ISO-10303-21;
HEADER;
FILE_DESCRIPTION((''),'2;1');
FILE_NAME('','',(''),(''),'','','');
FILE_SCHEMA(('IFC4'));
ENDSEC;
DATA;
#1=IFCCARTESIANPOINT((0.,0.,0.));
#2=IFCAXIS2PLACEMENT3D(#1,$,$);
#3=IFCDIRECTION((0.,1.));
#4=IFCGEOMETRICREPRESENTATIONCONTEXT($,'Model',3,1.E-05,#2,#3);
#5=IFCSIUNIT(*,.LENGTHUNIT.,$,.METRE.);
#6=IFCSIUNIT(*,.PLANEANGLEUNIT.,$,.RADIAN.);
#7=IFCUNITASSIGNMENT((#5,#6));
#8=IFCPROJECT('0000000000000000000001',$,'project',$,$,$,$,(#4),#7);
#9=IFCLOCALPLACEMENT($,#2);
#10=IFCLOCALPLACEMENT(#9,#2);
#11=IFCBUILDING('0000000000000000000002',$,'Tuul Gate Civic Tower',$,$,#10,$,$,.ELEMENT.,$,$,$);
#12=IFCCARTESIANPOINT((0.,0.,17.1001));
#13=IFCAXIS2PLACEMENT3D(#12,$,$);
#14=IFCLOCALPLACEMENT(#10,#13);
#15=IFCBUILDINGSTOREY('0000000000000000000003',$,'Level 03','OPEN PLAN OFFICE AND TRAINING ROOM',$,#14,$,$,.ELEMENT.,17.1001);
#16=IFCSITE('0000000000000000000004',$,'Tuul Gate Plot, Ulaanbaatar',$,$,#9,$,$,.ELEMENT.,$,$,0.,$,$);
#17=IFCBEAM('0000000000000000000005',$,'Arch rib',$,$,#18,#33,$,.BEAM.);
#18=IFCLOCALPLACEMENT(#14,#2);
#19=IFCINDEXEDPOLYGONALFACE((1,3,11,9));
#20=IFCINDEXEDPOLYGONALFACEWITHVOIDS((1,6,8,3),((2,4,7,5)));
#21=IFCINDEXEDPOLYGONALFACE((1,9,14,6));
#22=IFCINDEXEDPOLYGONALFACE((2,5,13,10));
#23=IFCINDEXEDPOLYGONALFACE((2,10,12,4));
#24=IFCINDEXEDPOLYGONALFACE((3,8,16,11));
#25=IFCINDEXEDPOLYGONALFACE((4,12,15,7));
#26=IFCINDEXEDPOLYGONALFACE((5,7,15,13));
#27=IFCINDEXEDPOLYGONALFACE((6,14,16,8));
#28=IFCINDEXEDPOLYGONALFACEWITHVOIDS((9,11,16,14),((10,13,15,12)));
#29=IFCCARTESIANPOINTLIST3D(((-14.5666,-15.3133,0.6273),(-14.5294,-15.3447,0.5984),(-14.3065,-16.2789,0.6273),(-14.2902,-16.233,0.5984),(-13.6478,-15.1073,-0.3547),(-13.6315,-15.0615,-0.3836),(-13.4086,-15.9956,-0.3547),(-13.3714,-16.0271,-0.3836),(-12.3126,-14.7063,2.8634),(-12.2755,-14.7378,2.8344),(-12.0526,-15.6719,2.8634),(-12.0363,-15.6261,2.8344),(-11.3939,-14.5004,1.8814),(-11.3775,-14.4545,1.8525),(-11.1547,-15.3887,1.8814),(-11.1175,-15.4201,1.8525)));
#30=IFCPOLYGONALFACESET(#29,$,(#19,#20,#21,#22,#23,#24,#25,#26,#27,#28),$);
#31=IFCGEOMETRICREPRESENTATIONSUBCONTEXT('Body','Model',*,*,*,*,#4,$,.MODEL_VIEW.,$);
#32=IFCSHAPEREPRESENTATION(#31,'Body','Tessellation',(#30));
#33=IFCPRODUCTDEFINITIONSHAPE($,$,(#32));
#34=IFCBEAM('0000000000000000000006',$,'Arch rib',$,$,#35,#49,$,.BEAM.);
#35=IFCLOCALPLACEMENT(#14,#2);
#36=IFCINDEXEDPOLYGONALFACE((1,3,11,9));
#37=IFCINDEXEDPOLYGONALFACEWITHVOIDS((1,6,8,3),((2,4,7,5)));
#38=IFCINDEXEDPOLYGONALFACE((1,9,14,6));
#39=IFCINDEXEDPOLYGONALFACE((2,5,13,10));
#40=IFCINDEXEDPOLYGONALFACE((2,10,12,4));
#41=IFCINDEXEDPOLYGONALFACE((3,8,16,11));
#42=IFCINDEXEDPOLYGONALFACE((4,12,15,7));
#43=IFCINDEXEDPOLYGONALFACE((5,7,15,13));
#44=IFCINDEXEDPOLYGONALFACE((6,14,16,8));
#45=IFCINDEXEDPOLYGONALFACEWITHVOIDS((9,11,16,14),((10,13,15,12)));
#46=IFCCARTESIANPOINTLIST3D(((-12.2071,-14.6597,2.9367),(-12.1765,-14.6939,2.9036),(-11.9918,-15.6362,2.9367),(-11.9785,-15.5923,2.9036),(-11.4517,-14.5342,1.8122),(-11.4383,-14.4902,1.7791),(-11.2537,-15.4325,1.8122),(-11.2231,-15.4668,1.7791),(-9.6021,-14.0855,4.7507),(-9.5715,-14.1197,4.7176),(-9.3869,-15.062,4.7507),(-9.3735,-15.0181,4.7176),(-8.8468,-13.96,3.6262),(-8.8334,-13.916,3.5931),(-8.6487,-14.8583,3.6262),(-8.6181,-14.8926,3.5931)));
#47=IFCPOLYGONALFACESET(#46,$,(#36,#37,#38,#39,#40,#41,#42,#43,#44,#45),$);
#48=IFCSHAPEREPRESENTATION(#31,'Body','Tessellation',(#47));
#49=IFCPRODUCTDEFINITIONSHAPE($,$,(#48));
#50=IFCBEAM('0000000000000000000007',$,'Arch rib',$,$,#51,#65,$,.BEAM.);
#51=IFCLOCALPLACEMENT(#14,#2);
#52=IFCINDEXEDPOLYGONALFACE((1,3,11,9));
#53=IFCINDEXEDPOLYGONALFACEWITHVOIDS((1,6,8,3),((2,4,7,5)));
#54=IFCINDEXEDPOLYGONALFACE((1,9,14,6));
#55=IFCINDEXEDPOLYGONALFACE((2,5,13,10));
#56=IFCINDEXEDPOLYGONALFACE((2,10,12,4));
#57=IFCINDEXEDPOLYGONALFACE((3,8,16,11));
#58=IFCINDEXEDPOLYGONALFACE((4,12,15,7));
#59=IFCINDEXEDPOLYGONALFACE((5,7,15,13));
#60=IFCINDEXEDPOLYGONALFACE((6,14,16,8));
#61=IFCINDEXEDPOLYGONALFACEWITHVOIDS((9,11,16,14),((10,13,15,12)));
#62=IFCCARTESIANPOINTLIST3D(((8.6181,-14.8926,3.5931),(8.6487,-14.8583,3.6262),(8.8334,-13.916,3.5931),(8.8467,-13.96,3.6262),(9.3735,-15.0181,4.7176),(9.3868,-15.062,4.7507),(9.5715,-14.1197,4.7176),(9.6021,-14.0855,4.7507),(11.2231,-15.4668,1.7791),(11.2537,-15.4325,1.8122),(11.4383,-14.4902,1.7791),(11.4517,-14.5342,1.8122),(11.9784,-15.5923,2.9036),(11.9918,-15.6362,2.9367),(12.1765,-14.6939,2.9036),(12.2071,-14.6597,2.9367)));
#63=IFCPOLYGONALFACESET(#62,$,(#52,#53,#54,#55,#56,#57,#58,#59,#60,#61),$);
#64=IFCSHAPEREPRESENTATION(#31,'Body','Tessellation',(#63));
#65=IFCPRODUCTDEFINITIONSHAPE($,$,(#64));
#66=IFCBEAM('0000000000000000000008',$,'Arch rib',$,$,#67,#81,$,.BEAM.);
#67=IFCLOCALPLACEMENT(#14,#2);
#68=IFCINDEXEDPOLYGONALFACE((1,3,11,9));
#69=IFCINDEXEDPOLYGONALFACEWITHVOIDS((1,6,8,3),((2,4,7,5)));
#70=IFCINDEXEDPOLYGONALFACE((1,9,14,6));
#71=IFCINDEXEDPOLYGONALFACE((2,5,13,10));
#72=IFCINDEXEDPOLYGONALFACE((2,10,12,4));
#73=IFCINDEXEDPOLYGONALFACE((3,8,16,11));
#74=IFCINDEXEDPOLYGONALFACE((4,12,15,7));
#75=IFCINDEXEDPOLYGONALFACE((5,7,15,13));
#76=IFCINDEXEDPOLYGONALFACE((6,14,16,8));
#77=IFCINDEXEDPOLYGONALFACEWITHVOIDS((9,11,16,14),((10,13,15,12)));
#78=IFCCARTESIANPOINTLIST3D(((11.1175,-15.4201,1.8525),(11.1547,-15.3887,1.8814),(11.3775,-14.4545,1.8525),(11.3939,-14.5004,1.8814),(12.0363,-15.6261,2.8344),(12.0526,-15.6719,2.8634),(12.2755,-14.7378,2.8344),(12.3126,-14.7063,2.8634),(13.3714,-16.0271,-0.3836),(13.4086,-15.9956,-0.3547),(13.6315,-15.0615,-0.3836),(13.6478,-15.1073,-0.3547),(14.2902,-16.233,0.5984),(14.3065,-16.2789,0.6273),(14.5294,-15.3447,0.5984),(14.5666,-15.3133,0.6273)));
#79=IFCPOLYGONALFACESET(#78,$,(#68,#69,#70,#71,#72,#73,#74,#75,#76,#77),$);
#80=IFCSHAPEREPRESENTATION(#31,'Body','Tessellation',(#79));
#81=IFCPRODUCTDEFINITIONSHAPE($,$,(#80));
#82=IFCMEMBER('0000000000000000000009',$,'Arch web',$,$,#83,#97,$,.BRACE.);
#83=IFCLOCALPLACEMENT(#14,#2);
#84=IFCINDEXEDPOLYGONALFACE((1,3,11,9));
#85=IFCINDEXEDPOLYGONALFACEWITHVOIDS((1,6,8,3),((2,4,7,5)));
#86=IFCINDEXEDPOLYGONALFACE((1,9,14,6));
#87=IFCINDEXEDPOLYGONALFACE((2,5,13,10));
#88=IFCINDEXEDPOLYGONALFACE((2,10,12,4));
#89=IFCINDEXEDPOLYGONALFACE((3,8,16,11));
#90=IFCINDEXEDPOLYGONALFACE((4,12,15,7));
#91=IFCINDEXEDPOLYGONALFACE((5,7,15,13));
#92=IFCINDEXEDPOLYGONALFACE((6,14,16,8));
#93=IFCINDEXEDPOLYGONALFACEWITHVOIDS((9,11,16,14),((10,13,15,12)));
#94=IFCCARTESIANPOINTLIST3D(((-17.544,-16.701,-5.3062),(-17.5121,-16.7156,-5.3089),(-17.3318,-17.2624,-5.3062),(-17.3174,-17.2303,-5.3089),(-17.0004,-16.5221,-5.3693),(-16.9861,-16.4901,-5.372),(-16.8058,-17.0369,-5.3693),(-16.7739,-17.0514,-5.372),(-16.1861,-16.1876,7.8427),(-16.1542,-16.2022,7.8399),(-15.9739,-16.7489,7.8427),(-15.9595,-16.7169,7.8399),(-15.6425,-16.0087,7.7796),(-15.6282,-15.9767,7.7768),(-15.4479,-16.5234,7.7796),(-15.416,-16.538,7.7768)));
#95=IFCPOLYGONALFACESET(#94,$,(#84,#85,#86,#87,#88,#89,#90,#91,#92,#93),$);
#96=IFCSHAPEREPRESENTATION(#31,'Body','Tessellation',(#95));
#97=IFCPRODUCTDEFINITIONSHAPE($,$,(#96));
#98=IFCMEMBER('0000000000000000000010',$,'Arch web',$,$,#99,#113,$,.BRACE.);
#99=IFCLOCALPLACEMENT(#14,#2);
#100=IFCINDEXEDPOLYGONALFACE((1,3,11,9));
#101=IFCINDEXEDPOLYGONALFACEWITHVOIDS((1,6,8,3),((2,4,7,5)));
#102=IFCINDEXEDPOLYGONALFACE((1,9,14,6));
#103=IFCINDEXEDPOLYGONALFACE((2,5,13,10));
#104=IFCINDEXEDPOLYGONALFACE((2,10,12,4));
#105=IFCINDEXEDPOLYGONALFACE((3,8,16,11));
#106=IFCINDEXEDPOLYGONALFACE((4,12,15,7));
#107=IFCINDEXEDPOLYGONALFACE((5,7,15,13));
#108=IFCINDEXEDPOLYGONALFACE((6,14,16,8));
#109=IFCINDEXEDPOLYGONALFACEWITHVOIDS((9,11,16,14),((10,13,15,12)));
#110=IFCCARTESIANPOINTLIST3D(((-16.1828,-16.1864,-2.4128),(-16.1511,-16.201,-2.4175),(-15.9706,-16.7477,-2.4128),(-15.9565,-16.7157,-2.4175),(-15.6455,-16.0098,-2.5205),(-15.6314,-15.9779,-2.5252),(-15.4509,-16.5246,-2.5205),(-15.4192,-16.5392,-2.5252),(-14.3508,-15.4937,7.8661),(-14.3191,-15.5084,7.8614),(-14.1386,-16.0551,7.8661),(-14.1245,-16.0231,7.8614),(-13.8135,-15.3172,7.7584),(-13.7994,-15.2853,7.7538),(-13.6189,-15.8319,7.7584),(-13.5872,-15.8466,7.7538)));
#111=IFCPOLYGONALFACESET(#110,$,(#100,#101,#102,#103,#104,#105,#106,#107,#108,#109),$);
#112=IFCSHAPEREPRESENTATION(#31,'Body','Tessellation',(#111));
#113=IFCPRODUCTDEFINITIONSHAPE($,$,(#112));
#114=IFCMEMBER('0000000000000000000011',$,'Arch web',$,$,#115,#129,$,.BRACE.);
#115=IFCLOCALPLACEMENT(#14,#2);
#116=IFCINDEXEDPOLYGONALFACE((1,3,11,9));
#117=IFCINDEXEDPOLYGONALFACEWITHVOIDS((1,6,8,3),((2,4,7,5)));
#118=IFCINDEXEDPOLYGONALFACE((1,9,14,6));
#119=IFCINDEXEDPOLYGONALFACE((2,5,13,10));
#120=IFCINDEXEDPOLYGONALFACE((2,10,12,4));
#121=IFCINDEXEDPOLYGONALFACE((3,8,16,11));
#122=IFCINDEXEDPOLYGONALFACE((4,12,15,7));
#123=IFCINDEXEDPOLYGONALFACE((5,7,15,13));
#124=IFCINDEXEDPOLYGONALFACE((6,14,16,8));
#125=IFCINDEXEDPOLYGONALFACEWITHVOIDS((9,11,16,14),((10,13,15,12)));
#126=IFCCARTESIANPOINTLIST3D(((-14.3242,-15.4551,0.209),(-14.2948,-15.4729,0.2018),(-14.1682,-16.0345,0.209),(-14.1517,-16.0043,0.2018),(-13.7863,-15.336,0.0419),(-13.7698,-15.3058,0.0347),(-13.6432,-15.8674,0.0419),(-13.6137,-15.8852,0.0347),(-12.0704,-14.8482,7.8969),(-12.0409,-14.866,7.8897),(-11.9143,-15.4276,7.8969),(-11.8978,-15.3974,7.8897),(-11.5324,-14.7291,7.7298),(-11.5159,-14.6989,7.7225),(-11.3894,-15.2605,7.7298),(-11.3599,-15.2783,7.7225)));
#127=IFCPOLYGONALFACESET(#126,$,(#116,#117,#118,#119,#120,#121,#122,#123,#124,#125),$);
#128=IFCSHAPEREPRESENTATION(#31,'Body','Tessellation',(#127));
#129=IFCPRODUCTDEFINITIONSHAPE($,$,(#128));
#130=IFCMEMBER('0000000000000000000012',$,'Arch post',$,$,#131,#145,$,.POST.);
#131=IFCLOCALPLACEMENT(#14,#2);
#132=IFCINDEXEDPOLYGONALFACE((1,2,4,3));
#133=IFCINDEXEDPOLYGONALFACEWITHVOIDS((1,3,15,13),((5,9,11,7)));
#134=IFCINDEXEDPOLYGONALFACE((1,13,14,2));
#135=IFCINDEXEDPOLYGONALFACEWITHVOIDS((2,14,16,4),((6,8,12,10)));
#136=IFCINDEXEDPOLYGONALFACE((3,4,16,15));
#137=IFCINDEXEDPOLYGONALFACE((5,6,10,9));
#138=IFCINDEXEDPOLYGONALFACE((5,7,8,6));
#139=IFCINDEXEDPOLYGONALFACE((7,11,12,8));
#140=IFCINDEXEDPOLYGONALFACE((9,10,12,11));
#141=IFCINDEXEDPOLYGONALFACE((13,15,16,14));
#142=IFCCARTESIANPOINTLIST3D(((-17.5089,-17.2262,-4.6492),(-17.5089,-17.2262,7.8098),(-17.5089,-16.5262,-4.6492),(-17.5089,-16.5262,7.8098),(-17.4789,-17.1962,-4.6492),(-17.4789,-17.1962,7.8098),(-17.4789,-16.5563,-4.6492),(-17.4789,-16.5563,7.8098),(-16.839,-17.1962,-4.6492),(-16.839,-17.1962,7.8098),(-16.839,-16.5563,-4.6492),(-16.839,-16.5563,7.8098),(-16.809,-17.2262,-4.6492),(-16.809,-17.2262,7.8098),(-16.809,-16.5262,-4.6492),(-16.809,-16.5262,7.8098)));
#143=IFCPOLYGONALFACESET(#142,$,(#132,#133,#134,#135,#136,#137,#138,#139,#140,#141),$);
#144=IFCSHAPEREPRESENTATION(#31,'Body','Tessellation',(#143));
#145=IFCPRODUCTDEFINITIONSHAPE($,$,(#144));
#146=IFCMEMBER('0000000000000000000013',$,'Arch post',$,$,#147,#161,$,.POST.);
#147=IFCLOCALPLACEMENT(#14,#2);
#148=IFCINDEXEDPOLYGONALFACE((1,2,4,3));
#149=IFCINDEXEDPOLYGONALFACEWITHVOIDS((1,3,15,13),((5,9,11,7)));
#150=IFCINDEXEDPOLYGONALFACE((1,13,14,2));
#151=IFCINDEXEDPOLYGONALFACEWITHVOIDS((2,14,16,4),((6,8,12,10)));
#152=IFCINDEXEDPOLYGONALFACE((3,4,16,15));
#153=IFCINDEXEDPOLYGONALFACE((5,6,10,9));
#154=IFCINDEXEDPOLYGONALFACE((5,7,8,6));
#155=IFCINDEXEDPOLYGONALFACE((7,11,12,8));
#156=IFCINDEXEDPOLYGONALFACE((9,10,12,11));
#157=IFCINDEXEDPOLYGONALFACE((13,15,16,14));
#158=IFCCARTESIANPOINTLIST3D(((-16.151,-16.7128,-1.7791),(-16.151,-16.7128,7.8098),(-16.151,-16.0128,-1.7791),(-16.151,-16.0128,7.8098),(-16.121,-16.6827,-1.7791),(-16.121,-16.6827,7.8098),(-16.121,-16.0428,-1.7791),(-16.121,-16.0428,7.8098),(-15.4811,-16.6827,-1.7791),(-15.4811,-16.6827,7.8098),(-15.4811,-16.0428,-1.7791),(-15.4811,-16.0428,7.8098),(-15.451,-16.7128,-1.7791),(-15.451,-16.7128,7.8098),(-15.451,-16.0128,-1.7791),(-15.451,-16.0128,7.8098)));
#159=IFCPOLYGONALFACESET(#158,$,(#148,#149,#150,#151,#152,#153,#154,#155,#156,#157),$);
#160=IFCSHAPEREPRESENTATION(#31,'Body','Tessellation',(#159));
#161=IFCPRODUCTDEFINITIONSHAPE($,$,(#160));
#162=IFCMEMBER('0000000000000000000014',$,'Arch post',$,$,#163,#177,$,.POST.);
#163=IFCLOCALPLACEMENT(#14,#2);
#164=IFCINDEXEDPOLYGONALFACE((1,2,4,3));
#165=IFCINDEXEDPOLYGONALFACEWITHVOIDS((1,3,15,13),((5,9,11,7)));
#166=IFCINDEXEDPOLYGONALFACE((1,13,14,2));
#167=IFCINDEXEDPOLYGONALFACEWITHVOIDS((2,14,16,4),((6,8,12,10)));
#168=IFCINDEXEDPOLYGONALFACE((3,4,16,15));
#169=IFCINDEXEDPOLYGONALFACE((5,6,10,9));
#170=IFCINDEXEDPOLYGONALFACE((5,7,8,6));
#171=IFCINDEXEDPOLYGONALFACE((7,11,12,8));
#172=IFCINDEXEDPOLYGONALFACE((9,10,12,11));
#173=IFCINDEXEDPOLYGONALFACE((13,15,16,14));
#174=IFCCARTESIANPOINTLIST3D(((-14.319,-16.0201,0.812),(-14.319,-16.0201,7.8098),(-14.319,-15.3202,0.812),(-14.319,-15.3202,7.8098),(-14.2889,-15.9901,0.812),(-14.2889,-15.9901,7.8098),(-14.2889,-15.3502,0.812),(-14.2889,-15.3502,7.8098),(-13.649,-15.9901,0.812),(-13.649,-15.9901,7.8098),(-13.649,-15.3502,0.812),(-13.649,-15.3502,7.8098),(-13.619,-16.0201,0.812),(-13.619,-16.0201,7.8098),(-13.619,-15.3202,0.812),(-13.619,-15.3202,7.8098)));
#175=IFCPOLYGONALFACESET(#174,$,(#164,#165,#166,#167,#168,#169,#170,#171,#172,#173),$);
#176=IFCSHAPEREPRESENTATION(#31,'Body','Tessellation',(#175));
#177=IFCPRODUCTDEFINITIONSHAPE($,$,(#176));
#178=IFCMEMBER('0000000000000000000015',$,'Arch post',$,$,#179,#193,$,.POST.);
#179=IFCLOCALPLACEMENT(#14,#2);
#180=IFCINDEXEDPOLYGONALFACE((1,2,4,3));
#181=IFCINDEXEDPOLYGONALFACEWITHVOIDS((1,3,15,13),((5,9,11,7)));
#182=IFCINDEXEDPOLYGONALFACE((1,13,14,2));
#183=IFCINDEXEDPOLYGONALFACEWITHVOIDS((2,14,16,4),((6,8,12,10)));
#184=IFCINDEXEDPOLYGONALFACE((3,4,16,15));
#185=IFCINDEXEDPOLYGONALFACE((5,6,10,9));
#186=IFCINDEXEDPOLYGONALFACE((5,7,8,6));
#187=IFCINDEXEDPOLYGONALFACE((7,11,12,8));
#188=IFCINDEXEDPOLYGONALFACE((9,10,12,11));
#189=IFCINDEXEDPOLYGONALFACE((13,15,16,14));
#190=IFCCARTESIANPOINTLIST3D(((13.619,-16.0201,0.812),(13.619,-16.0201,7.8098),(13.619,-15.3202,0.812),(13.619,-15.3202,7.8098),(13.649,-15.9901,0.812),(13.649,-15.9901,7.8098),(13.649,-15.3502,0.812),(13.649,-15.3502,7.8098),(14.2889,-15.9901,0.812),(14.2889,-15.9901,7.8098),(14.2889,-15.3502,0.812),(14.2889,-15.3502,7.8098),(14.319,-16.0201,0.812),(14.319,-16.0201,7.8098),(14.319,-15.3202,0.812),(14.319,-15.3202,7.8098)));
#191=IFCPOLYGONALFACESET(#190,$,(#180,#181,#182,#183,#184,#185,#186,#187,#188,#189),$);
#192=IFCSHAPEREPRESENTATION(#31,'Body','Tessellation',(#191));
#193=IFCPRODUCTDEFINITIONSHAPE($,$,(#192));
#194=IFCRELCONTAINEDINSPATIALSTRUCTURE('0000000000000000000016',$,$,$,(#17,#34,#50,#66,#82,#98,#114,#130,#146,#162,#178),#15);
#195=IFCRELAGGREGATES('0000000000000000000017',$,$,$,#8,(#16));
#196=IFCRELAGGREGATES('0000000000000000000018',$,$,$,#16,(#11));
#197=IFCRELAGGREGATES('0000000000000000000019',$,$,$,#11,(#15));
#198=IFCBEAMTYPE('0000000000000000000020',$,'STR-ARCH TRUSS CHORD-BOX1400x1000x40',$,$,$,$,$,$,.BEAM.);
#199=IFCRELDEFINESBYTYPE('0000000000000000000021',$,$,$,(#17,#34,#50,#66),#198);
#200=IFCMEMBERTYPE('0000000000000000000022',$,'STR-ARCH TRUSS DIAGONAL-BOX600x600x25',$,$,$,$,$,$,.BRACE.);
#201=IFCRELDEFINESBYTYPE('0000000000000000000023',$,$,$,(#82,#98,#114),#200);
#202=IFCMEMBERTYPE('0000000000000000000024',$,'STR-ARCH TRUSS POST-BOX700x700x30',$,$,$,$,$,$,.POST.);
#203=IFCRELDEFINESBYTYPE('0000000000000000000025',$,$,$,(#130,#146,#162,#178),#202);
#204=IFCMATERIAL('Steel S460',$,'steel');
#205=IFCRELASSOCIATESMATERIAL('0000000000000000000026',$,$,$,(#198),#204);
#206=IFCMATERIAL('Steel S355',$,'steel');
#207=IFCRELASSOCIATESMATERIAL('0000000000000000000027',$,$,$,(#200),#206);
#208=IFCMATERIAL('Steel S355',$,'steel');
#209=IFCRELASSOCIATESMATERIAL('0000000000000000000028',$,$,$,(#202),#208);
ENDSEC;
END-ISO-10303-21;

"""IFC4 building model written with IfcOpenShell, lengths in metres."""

from ifc_helpers import new_model, si_unit, direction, frame, origin, origin_2d, place, context, subcontext, project, spatial, hollow_rectangle, extrude, material, material_profile, profile_set, type_object, element, save


model = new_model("IFC4")

# Units and contexts
model_context = context("Model", 3, precision=1e-05, world=origin(), true_north=direction((0.0, 1.0)))
body_context = subcontext(model_context, "Body", "Model", "MODEL_VIEW")
ifc_project = project(units=[si_unit("LENGTHUNIT", "METRE"), si_unit("PLANEANGLEUNIT", "RADIAN")], contexts=[model_context])

# Site, building, storey
site_placement = place(None, origin())
site = spatial("IfcSite", under=ifc_project, at=site_placement, Name="Tuul Gate Plot, Ulaanbaatar", CompositionType="ELEMENT", RefElevation=0.0)
building_placement = place(site_placement, origin())
building = spatial("IfcBuilding", under=site, at=building_placement, Name="Tuul Gate Civic Tower", CompositionType="ELEMENT")
storey_placement = place(building_placement, frame((0.0, 0.0, 17.1001)))
storey = spatial("IfcBuildingStorey", under=building, at=storey_placement, Name="Level 03", Description="OPEN PLAN OFFICE AND TRAINING ROOM", CompositionType="ELEMENT", Elevation=17.1001)

# Beams
ifc_material_1 = material(Name="Steel S460", Category="steel")
ifc_material_profile_1 = material_profile(ifc_material_1, hollow_rectangle(XDim=1.0, YDim=1.3999, WallThickness=0.04, at=origin_2d()), Name="BOX1400x1000x40")
ifc_profile_set_1 = profile_set([ifc_material_profile_1], Name="Steel S460")
beam_type_1 = type_object("IfcBeamType", Name="STR-ARCH TRUSS CHORD-BOX1400x1000x40", PredefinedType="BEAM", material=ifc_profile_set_1)
beam_1_placement = place(storey_placement, frame((-13.969, -15.6702, 0.1218), z_axis=(0.697282, 0.187765, 0.691768), x_axis=(-0.260018, 0.965604, 0.0)))
element("IfcBeam", 1, at=beam_1_placement, inside=storey, type_object=beam_type_1, Name="Arch rib", PredefinedType="BEAM", context=body_context, shape_type="SweptSolid", body=[
    extrude(hollow_rectangle(XDim=1.0, YDim=1.3999, WallThickness=0.04, at=origin_2d()), origin(), (0.0, 0.0, 1.0), 3.2324),
])
for number, where, z_axis, x_axis, name in (
    (2, (-11.7151, -15.0632, 2.3579), (0.807533, 0.178005, 0.562321), (-0.215263, 0.976556, 0.0), "Arch rib"),
    (3, (9.1101, -14.489, 4.1719), (0.807533, -0.178005, -0.562321), (0.215263, 0.976556, 0.0), "Arch rib"),
):
    element("IfcBeam", number, at=place(storey_placement, frame(where, z_axis=z_axis, x_axis=x_axis)), inside=storey, type_object=beam_type_1, Name=name, PredefinedType="BEAM", context=body_context, shape_type="SweptSolid", body=[
        extrude(hollow_rectangle(XDim=1.0, YDim=1.3999, WallThickness=0.04, at=origin_2d()), origin(), (0.0, 0.0, 1.0), 3.2258),
    ])
beam_2_placement = place(storey_placement, frame((11.7151, -15.0632, 2.3579), z_axis=(0.697282, -0.187765, -0.691768), x_axis=(0.260018, 0.965604, 0.0)))
element("IfcBeam", 4, at=beam_2_placement, inside=storey, type_object=beam_type_1, Name="Arch rib", PredefinedType="BEAM", context=body_context, shape_type="SweptSolid", body=[
    extrude(hollow_rectangle(XDim=1.0, YDim=1.3999, WallThickness=0.04, at=origin_2d()), origin(), (0.0, 0.0, 1.0), 3.2324),
])

# Members
ifc_material_2 = material(Name="Steel S355", Category="steel")
ifc_material_profile_2 = material_profile(ifc_material_2, hollow_rectangle(XDim=0.6001, YDim=0.6001, WallThickness=0.0249, at=origin_2d()), Name="BOX600x600x25")
ifc_profile_set_2 = profile_set([ifc_material_profile_2], Name="Steel S355")
member_type_1 = type_object("IfcMemberType", Name="STR-ARCH TRUSS DIAGONAL-BOX600x600x25", PredefinedType="BRACE", material=ifc_profile_set_2)
member_1_placement = place(storey_placement, frame((-17.1589, -16.8762, -5.3391), z_axis=(0.102648, 0.038811, 0.99396), x_axis=(-0.353665, 0.935372, 0.0)))
element("IfcMember", 5, at=member_1_placement, inside=storey, type_object=member_type_1, Name="Arch web", PredefinedType="BRACE", context=body_context, shape_type="SweptSolid", body=[
    extrude(hollow_rectangle(XDim=0.6001, YDim=0.6001, WallThickness=0.0249, at=origin_2d()), origin(), (0.0, 0.0, 1.0), 13.2288),
])
member_2_placement = place(storey_placement, frame((-15.801, -16.3628, -2.469), z_axis=(0.175084, 0.066193, 0.982326), x_axis=(-0.353636, 0.935383, 0.0)))
element("IfcMember", 6, at=member_2_placement, inside=storey, type_object=member_type_1, Name="Arch web", PredefinedType="BRACE", context=body_context, shape_type="SweptSolid", body=[
    extrude(hollow_rectangle(XDim=0.6001, YDim=0.6001, WallThickness=0.0249, at=origin_2d()), origin(), (0.0, 0.0, 1.0), 10.4639),
])
member_3_placement = place(storey_placement, frame((-13.969, -15.6702, 0.1218), z_axis=(0.280528, 0.075541, 0.956869), x_axis=(-0.260018, 0.965604, 0.0)))
element("IfcMember", 7, at=member_3_placement, inside=storey, type_object=member_type_1, Name="Arch web", PredefinedType="BRACE", context=body_context, shape_type="SweptSolid", body=[
    extrude(hollow_rectangle(XDim=0.6001, YDim=0.6001, WallThickness=0.0249, at=origin_2d()), origin(), (0.0, 0.0, 1.0), 8.0344),
])
ifc_material_3 = material(Name="Steel S355", Category="steel")
ifc_material_profile_3 = material_profile(ifc_material_3, hollow_rectangle(XDim=0.7, YDim=0.7, WallThickness=0.03, at=origin_2d()), Name="BOX700x700x30")
ifc_profile_set_3 = profile_set([ifc_material_profile_3], Name="Steel S355")
member_type_2 = type_object("IfcMemberType", Name="STR-ARCH TRUSS POST-BOX700x700x30", PredefinedType="POST", material=ifc_profile_set_3)
member_4_placement = place(storey_placement, frame((-17.1589, -16.8762, -4.6492), z_axis=(0.0, 0.0, 1.0), x_axis=(1.0, 0.0, 0.0)))
element("IfcMember", 8, at=member_4_placement, inside=storey, type_object=member_type_2, Name="Arch post", PredefinedType="POST", context=body_context, shape_type="SweptSolid", body=[
    extrude(hollow_rectangle(XDim=0.7, YDim=0.7, WallThickness=0.03, at=origin_2d()), origin(), (0.0, 0.0, 1.0), 12.459),
])
member_5_placement = place(storey_placement, frame((-15.801, -16.3628, -1.7791), z_axis=(0.0, 0.0, 1.0), x_axis=(1.0, 0.0, 0.0)))
element("IfcMember", 9, at=member_5_placement, inside=storey, type_object=member_type_2, Name="Arch post", PredefinedType="POST", context=body_context, shape_type="SweptSolid", body=[
    extrude(hollow_rectangle(XDim=0.7, YDim=0.7, WallThickness=0.03, at=origin_2d()), origin(), (0.0, 0.0, 1.0), 9.5889),
])
for number, where, z_axis, x_axis, name in (
    (10, (-13.969, -15.6702, 0.812), (0.0, 0.0, 1.0), (1.0, 0.0, 0.0), "Arch post"),
    (11, (13.969, -15.6702, 0.812), (0.0, 0.0, 1.0), (1.0, 0.0, 0.0), "Arch post"),
):
    element("IfcMember", number, at=place(storey_placement, frame(where, z_axis=z_axis, x_axis=x_axis)), inside=storey, type_object=member_type_2, Name=name, PredefinedType="POST", context=body_context, shape_type="SweptSolid", body=[
        extrude(hollow_rectangle(XDim=0.7, YDim=0.7, WallThickness=0.03, at=origin_2d()), origin(), (0.0, 0.0, 1.0), 6.9978),
    ])

save(model, "model.ifc")
